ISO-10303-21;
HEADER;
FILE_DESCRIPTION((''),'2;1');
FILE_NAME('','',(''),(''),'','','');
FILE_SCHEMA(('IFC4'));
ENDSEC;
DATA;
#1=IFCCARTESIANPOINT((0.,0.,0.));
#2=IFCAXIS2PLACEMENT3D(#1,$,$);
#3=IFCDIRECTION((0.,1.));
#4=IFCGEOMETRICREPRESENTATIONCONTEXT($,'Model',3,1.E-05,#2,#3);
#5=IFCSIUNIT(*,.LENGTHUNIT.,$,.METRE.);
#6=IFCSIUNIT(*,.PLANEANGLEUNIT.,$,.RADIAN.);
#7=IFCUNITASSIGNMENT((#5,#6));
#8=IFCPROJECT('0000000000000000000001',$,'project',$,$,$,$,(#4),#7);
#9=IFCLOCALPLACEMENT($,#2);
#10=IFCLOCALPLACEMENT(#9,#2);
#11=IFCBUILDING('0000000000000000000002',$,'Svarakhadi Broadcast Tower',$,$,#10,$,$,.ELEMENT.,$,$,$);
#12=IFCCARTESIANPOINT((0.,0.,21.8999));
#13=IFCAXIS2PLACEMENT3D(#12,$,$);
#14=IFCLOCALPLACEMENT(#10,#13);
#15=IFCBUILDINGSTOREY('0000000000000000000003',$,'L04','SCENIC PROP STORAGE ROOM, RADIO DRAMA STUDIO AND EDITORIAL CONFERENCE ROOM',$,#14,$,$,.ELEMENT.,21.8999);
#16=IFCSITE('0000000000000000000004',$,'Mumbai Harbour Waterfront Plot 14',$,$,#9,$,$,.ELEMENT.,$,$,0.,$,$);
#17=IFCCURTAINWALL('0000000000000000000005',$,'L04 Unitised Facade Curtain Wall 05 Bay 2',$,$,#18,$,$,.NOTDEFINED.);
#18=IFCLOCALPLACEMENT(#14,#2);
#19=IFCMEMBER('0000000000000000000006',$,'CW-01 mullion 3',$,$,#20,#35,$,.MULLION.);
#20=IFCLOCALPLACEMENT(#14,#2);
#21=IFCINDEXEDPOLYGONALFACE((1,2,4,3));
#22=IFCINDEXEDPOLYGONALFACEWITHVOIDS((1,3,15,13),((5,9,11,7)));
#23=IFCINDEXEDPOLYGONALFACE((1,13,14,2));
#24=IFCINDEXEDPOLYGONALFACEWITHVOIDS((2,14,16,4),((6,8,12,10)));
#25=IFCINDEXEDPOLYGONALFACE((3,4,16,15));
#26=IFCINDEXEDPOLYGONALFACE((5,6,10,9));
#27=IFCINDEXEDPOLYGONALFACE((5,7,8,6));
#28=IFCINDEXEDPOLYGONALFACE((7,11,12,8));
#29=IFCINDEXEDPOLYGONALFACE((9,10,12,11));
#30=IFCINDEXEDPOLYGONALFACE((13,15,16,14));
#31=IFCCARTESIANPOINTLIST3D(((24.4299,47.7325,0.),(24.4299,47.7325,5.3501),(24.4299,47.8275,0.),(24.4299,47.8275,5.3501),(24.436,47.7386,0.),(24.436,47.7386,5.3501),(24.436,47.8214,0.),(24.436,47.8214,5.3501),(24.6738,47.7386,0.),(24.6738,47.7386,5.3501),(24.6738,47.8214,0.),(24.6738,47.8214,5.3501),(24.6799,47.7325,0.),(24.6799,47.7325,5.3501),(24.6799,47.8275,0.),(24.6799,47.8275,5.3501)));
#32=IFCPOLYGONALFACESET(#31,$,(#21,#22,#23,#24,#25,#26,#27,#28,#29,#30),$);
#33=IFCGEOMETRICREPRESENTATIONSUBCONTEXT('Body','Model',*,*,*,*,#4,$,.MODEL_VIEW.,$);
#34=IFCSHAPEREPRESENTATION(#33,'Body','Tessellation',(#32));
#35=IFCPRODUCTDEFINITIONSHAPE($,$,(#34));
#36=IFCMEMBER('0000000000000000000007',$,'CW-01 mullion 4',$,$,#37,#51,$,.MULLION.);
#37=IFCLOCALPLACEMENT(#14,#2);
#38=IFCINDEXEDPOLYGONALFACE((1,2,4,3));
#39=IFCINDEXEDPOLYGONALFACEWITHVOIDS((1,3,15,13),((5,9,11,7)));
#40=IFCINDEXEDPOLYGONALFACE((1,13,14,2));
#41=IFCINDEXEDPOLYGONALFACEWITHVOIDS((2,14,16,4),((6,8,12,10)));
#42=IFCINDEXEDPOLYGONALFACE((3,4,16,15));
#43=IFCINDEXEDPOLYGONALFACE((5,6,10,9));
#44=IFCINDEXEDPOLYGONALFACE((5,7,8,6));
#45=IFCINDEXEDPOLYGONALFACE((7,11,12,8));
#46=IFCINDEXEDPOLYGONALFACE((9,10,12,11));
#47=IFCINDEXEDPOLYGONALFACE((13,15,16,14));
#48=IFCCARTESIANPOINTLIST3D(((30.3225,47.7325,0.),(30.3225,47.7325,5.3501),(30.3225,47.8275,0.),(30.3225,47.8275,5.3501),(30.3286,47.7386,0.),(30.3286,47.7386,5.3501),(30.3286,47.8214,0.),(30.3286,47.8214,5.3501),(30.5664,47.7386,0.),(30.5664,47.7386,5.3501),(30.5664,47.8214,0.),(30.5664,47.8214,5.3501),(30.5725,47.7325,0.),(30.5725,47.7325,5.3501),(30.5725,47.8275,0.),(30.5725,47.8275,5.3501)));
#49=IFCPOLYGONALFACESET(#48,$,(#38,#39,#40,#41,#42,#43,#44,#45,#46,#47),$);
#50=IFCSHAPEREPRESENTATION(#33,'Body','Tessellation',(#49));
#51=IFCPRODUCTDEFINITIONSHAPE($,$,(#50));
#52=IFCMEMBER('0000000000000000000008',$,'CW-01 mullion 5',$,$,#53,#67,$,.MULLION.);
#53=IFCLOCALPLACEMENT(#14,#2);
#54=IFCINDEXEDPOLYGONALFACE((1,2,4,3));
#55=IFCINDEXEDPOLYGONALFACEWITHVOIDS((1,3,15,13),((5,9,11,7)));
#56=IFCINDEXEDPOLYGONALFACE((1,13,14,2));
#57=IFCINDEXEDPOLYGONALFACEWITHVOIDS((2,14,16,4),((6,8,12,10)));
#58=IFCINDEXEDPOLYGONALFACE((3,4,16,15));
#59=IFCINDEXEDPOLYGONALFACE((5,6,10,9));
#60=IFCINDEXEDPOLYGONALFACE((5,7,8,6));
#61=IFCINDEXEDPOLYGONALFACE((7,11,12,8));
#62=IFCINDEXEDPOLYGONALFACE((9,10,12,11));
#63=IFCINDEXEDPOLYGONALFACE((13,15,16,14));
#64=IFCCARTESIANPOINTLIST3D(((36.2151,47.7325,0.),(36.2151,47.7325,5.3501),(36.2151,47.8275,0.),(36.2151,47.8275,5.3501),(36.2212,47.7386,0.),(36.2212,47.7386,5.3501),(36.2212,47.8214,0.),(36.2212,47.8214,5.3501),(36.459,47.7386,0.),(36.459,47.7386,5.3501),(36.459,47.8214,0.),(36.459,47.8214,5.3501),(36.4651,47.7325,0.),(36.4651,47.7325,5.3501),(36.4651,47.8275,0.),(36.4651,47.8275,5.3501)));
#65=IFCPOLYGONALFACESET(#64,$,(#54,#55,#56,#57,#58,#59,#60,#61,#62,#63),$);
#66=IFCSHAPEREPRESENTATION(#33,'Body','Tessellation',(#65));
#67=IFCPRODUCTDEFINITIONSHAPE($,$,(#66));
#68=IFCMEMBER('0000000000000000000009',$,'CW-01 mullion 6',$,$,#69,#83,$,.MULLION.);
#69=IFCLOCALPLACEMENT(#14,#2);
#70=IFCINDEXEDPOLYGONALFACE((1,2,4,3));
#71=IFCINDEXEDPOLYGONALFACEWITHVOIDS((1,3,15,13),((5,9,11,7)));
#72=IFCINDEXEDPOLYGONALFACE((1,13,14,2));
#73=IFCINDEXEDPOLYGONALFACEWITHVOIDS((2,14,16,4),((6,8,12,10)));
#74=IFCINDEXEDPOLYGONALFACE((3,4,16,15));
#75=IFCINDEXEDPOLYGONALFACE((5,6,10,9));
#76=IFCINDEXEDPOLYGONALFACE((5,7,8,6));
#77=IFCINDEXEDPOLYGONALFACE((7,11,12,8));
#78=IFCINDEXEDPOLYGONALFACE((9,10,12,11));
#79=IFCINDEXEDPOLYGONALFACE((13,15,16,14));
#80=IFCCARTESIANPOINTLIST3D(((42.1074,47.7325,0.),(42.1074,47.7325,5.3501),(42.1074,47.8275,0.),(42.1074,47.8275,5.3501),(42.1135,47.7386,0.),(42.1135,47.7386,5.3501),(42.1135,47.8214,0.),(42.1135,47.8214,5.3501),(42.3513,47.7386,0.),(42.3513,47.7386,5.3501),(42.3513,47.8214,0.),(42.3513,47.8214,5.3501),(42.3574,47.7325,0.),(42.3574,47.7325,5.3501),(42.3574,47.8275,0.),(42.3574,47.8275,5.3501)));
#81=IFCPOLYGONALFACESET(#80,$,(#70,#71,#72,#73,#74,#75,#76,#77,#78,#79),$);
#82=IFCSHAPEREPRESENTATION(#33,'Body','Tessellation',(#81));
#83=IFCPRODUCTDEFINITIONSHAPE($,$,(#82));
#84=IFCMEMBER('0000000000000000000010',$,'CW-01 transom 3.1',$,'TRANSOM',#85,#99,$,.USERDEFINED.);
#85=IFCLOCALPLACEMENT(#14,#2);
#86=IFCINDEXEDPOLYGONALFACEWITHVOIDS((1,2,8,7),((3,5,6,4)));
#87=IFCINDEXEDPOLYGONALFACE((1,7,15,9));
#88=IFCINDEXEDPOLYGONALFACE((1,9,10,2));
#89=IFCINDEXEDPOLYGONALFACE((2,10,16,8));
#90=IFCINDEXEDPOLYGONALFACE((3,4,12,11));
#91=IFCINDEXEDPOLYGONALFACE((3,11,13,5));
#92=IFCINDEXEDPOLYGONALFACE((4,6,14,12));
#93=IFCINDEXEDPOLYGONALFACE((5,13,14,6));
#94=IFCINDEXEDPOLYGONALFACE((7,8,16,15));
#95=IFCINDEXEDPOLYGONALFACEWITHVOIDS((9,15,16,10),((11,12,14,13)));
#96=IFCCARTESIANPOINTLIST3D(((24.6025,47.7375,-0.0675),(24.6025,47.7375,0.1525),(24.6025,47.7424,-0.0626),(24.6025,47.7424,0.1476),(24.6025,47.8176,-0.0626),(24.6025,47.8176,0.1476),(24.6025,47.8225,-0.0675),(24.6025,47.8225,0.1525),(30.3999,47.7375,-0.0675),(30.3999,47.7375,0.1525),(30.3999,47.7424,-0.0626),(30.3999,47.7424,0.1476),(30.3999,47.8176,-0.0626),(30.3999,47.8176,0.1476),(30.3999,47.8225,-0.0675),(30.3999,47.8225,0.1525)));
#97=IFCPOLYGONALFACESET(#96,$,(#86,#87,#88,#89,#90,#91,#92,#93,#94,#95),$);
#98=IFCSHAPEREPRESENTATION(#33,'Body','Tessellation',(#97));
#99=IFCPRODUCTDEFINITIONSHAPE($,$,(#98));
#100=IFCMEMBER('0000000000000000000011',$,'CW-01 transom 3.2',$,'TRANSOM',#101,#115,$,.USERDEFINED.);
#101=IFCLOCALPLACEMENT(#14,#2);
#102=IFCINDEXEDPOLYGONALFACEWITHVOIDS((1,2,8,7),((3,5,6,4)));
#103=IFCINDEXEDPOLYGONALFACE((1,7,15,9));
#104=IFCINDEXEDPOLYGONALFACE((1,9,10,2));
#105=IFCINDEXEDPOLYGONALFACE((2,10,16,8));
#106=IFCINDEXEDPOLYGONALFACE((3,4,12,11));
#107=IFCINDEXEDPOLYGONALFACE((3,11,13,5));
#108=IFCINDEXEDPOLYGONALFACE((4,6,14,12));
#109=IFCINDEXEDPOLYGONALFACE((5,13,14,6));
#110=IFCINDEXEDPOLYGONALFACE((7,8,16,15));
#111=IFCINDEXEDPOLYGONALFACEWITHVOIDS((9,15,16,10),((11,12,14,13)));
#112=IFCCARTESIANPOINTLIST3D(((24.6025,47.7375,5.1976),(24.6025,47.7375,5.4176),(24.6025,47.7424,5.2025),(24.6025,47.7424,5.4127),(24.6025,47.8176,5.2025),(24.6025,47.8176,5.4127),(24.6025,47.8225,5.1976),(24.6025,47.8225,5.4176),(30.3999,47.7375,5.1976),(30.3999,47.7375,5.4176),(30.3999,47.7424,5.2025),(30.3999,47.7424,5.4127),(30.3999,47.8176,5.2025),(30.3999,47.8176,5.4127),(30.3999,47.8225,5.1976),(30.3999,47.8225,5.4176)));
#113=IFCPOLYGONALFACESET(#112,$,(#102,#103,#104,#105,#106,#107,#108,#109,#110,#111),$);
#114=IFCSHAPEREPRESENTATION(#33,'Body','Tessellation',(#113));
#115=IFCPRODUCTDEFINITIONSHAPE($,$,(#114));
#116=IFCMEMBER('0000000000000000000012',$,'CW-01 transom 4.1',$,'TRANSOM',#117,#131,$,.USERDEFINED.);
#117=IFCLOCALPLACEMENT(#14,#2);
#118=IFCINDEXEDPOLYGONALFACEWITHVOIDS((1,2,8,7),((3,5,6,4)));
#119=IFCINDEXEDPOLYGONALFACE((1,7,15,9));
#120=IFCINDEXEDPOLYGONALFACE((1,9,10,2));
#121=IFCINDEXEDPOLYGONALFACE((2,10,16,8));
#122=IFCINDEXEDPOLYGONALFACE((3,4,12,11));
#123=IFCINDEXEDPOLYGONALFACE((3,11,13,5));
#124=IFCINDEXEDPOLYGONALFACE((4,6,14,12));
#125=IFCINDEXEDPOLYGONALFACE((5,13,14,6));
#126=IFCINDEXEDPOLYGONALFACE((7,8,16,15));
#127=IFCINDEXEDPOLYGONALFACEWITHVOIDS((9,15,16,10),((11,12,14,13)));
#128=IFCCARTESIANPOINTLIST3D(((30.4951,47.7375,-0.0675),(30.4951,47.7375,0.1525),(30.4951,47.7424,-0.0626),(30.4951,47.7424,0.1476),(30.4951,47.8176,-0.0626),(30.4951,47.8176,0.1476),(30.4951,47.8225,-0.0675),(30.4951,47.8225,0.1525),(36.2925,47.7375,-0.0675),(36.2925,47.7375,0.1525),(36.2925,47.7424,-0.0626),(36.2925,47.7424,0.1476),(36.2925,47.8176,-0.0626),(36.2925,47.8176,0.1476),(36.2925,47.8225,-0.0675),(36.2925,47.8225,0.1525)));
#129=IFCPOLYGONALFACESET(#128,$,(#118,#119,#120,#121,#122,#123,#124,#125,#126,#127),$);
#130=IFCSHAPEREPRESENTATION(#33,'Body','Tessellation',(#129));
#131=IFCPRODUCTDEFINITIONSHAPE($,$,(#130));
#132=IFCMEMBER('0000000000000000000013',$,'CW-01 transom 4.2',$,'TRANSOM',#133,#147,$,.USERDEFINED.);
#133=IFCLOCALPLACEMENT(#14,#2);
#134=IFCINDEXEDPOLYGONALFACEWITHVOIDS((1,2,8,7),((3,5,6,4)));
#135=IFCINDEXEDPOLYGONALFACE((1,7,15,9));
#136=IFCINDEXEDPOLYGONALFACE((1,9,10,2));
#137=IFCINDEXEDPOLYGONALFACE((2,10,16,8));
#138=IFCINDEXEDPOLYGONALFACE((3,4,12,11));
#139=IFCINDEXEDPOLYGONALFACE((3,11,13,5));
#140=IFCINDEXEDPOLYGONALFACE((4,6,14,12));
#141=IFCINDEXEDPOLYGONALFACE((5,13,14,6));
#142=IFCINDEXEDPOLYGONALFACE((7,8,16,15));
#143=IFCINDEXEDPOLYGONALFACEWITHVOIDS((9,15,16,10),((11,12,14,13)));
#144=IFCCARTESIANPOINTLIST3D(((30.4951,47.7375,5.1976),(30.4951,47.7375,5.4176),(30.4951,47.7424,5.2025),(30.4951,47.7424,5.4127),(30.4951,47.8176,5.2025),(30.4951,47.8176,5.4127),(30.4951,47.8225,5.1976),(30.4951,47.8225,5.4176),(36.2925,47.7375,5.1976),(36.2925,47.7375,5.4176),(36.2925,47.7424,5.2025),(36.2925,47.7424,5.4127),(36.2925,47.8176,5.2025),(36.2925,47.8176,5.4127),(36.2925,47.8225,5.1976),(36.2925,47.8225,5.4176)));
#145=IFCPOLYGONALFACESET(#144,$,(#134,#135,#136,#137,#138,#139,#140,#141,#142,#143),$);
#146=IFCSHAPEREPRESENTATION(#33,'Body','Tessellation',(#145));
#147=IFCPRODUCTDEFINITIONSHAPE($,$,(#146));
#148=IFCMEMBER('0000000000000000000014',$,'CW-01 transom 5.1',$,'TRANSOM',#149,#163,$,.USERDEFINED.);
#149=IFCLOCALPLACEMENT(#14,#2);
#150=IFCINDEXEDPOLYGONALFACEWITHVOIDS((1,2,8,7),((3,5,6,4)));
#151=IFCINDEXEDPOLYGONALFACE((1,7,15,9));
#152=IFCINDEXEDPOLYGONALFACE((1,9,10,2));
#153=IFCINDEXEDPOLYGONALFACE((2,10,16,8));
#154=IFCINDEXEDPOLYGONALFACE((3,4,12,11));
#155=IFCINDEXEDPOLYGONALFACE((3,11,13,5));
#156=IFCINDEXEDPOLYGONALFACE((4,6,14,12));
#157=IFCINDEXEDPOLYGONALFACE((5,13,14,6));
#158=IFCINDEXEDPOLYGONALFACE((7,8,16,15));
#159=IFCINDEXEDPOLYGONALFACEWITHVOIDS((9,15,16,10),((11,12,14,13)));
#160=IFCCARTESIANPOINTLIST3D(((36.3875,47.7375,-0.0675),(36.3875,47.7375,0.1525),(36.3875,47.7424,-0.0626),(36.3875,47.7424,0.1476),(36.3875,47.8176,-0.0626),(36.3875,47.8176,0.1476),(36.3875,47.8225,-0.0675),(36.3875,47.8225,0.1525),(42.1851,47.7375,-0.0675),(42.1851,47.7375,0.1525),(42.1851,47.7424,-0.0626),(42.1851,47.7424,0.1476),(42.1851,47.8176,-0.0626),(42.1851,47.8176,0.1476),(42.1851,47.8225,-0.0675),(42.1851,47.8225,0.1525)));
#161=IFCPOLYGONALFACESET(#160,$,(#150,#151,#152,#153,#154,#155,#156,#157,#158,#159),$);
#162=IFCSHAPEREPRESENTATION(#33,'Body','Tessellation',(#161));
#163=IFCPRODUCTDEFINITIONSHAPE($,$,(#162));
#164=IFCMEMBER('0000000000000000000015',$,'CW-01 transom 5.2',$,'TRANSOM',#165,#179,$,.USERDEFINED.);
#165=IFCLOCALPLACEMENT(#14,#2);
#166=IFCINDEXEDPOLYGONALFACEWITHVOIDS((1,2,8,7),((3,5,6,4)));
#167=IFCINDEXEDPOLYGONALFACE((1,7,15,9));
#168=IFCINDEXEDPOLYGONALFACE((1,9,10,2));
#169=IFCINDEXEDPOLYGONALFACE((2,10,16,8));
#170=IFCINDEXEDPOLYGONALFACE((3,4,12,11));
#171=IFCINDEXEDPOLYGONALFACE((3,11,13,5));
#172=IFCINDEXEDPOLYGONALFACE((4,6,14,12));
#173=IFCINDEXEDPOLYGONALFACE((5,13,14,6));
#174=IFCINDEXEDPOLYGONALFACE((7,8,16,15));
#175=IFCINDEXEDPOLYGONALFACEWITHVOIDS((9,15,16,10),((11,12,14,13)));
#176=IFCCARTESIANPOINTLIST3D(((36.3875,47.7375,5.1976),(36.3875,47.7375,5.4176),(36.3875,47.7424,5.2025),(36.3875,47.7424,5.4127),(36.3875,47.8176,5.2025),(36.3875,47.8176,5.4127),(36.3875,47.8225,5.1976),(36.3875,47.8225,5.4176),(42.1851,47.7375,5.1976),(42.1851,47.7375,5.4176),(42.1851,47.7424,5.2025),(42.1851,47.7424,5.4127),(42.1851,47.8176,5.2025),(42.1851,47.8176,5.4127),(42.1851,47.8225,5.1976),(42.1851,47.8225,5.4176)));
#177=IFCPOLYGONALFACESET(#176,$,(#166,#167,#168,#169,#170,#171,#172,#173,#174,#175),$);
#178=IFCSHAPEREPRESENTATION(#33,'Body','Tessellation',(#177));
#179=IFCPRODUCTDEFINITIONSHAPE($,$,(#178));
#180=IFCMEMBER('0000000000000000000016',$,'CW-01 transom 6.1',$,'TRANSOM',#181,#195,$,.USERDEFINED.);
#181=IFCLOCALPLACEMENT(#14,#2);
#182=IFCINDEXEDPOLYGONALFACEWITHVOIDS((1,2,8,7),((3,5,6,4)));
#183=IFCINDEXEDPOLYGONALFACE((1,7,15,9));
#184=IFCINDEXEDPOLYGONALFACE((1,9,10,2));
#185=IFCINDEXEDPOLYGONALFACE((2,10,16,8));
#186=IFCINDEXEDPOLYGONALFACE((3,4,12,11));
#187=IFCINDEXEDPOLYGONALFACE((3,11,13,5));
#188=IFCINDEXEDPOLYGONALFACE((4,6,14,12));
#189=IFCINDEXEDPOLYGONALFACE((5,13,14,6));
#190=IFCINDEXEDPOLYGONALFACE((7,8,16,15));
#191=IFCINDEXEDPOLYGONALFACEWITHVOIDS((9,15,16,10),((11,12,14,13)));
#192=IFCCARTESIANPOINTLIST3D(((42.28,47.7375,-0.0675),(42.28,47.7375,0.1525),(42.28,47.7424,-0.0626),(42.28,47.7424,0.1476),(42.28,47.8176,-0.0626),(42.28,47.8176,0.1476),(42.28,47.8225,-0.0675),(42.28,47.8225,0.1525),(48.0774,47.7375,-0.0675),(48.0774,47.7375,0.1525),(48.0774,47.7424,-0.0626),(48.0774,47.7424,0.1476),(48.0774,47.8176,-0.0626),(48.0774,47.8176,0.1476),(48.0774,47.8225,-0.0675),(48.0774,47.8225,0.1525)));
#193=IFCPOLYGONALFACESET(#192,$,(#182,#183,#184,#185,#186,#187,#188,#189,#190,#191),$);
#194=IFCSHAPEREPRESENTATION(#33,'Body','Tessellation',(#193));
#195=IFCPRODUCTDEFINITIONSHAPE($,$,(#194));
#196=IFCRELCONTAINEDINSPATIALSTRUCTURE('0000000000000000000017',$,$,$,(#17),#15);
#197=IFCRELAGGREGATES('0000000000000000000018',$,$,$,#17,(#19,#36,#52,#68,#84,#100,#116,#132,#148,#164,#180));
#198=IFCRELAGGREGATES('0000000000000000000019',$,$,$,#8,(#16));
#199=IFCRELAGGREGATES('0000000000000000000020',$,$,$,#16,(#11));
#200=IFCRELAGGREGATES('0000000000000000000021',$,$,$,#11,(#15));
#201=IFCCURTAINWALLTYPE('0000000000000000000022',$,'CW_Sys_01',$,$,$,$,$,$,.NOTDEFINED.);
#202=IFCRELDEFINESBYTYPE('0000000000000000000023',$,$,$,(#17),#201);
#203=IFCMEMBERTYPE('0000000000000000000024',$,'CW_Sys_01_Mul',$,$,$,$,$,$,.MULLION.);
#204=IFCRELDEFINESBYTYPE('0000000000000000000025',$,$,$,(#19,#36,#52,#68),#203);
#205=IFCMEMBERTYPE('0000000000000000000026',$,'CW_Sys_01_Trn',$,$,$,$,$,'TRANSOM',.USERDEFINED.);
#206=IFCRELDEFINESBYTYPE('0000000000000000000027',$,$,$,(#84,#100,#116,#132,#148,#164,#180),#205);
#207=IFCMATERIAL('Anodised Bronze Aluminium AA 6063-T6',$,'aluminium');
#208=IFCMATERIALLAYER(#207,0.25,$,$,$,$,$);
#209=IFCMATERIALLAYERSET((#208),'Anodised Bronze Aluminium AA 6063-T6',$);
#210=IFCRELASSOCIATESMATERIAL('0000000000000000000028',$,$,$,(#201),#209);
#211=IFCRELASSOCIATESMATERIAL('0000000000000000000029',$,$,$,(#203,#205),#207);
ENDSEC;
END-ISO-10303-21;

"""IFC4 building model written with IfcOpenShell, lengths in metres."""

from ifc_helpers import new_model, si_unit, direction, frame, origin, origin_2d, place, context, subcontext, project, spatial, hollow_rectangle, extrude, material, layer, layer_set, material_profile, profile_set, type_object, element, aggregate, save


model = new_model("IFC4")

# Units and contexts
model_context = context("Model", 3, precision=1e-05, world=origin(), true_north=direction((0.0, 1.0)))
body_context = subcontext(model_context, "Body", "Model", "MODEL_VIEW")
ifc_project = project(units=[si_unit("LENGTHUNIT", "METRE"), si_unit("PLANEANGLEUNIT", "RADIAN")], contexts=[model_context])

# Site, building, storey
site_placement = place(None, origin())
site = spatial("IfcSite", under=ifc_project, at=site_placement, Name="Mumbai Harbour Waterfront Plot 14", CompositionType="ELEMENT", RefElevation=0.0)
building_placement = place(site_placement, origin())
building = spatial("IfcBuilding", under=site, at=building_placement, Name="Svarakhadi Broadcast Tower", CompositionType="ELEMENT")
storey_placement = place(building_placement, frame((0.0, 0.0, 21.8999)))
storey = spatial("IfcBuildingStorey", under=building, at=storey_placement, Name="L04", Description="SCENIC PROP STORAGE ROOM, RADIO DRAMA STUDIO AND EDITORIAL CONFERENCE ROOM", CompositionType="ELEMENT", Elevation=21.8999)

# Curtain wall, members
ifc_material_1 = material(Name="Anodised Bronze Aluminium AA 6063-T6", Category="aluminium")
ifc_layer_1 = layer(ifc_material_1, 0.25)
ifc_layer_set_1 = layer_set([ifc_layer_1], Name="Anodised Bronze Aluminium AA 6063-T6")
curtain_wall_type = type_object("IfcCurtainWallType", Name="CW_Sys_01", PredefinedType="NOTDEFINED", material=ifc_layer_set_1)
curtain_wall_placement = place(storey_placement, origin())
curtain_wall = element("IfcCurtainWall", 1, at=curtain_wall_placement, inside=storey, type_object=curtain_wall_type, Name="L04 Unitised Facade Curtain Wall 05 Bay 2", PredefinedType="NOTDEFINED")
ifc_material_profile_1 = material_profile(ifc_material_1, hollow_rectangle(XDim=0.095, YDim=0.25, WallThickness=0.0061, at=origin_2d()), Name="ALU MULLION 250x95x6")
ifc_profile_set_1 = profile_set([ifc_material_profile_1], Name="Anodised Bronze Aluminium AA 6063-T6")
member_type_1 = type_object("IfcMemberType", Name="CW_Sys_01_Mul", PredefinedType="MULLION", material=ifc_profile_set_1)
member_1_placement = place(storey_placement, frame((24.5549, 47.78, 0.0), z_axis=(0.0, 0.0, 1.0), x_axis=(0.0, 1.0, 0.0)))
member_1 = element("IfcMember", 2, at=member_1_placement, type_object=member_type_1, Name="CW-01 mullion 3", PredefinedType="MULLION", context=body_context, shape_type="SweptSolid", body=[
    extrude(hollow_rectangle(XDim=0.095, YDim=0.25, WallThickness=0.0061, at=origin_2d()), origin(), (0.0, 0.0, 1.0), 5.3501),
])
member_2_placement = place(storey_placement, frame((30.4475, 47.78, 0.0), z_axis=(0.0, 0.0, 1.0), x_axis=(0.0, 1.0, 0.0)))
member_2 = element("IfcMember", 3, at=member_2_placement, type_object=member_type_1, Name="CW-01 mullion 4", PredefinedType="MULLION", context=body_context, shape_type="SweptSolid", body=[
    extrude(hollow_rectangle(XDim=0.095, YDim=0.25, WallThickness=0.0061, at=origin_2d()), origin(), (0.0, 0.0, 1.0), 5.3501),
])
member_3_placement = place(storey_placement, frame((36.3401, 47.78, 0.0), z_axis=(0.0, 0.0, 1.0), x_axis=(0.0, 1.0, 0.0)))
member_3 = element("IfcMember", 4, at=member_3_placement, type_object=member_type_1, Name="CW-01 mullion 5", PredefinedType="MULLION", context=body_context, shape_type="SweptSolid", body=[
    extrude(hollow_rectangle(XDim=0.095, YDim=0.25, WallThickness=0.0061, at=origin_2d()), origin(), (0.0, 0.0, 1.0), 5.3501),
])
member_4_placement = place(storey_placement, frame((42.2324, 47.78, 0.0), z_axis=(0.0, 0.0, 1.0), x_axis=(0.0, 1.0, 0.0)))
member_4 = element("IfcMember", 5, at=member_4_placement, type_object=member_type_1, Name="CW-01 mullion 6", PredefinedType="MULLION", context=body_context, shape_type="SweptSolid", body=[
    extrude(hollow_rectangle(XDim=0.095, YDim=0.25, WallThickness=0.0061, at=origin_2d()), origin(), (0.0, 0.0, 1.0), 5.3501),
])
ifc_material_profile_2 = material_profile(ifc_material_1, hollow_rectangle(XDim=0.085, YDim=0.22, WallThickness=0.0049, at=origin_2d()), Name="ALU TRANSOM 220x85x5")
ifc_profile_set_2 = profile_set([ifc_material_profile_2], Name="Anodised Bronze Aluminium AA 6063-T6")
member_type_2 = type_object("IfcMemberType", Name="CW_Sys_01_Trn", ElementType="TRANSOM", PredefinedType="USERDEFINED", material=ifc_profile_set_2)
member_5_placement = place(storey_placement, frame((24.6025, 47.78, 0.0425), z_axis=(1.0, 0.0, 0.0), x_axis=(0.0, 1.0, 0.0)))
member_5 = element("IfcMember", 6, at=member_5_placement, type_object=member_type_2, Name="CW-01 transom 3.1", ObjectType="TRANSOM", PredefinedType="USERDEFINED", context=body_context, shape_type="SweptSolid", body=[
    extrude(hollow_rectangle(XDim=0.085, YDim=0.22, WallThickness=0.0049, at=origin_2d()), origin(), (0.0, 0.0, 1.0), 5.7974),
])
member_6_placement = place(storey_placement, frame((24.6025, 47.78, 5.3076), z_axis=(1.0, 0.0, 0.0), x_axis=(0.0, 1.0, 0.0)))
member_6 = element("IfcMember", 7, at=member_6_placement, type_object=member_type_2, Name="CW-01 transom 3.2", ObjectType="TRANSOM", PredefinedType="USERDEFINED", context=body_context, shape_type="SweptSolid", body=[
    extrude(hollow_rectangle(XDim=0.085, YDim=0.22, WallThickness=0.0049, at=origin_2d()), origin(), (0.0, 0.0, 1.0), 5.7974),
])
member_7_placement = place(storey_placement, frame((30.4951, 47.78, 0.0425), z_axis=(1.0, 0.0, 0.0), x_axis=(0.0, 1.0, 0.0)))
member_7 = element("IfcMember", 8, at=member_7_placement, type_object=member_type_2, Name="CW-01 transom 4.1", ObjectType="TRANSOM", PredefinedType="USERDEFINED", context=body_context, shape_type="SweptSolid", body=[
    extrude(hollow_rectangle(XDim=0.085, YDim=0.22, WallThickness=0.0049, at=origin_2d()), origin(), (0.0, 0.0, 1.0), 5.7974),
])
member_8_placement = place(storey_placement, frame((30.4951, 47.78, 5.3076), z_axis=(1.0, 0.0, 0.0), x_axis=(0.0, 1.0, 0.0)))
member_8 = element("IfcMember", 9, at=member_8_placement, type_object=member_type_2, Name="CW-01 transom 4.2", ObjectType="TRANSOM", PredefinedType="USERDEFINED", context=body_context, shape_type="SweptSolid", body=[
    extrude(hollow_rectangle(XDim=0.085, YDim=0.22, WallThickness=0.0049, at=origin_2d()), origin(), (0.0, 0.0, 1.0), 5.7974),
])
member_9_placement = place(storey_placement, frame((36.3875, 47.78, 0.0425), z_axis=(1.0, 0.0, 0.0), x_axis=(0.0, 1.0, 0.0)))
member_9 = element("IfcMember", 10, at=member_9_placement, type_object=member_type_2, Name="CW-01 transom 5.1", ObjectType="TRANSOM", PredefinedType="USERDEFINED", context=body_context, shape_type="SweptSolid", body=[
    extrude(hollow_rectangle(XDim=0.085, YDim=0.22, WallThickness=0.0049, at=origin_2d()), origin(), (0.0, 0.0, 1.0), 5.7976),
])
member_10_placement = place(storey_placement, frame((36.3875, 47.78, 5.3076), z_axis=(1.0, 0.0, 0.0), x_axis=(0.0, 1.0, 0.0)))
member_10 = element("IfcMember", 11, at=member_10_placement, type_object=member_type_2, Name="CW-01 transom 5.2", ObjectType="TRANSOM", PredefinedType="USERDEFINED", context=body_context, shape_type="SweptSolid", body=[
    extrude(hollow_rectangle(XDim=0.085, YDim=0.22, WallThickness=0.0049, at=origin_2d()), origin(), (0.0, 0.0, 1.0), 5.7976),
])
member_11_placement = place(storey_placement, frame((42.28, 47.78, 0.0425), z_axis=(1.0, 0.0, 0.0), x_axis=(0.0, 1.0, 0.0)))
member_11 = element("IfcMember", 12, at=member_11_placement, type_object=member_type_2, Name="CW-01 transom 6.1", ObjectType="TRANSOM", PredefinedType="USERDEFINED", context=body_context, shape_type="SweptSolid", body=[
    extrude(hollow_rectangle(XDim=0.085, YDim=0.22, WallThickness=0.0049, at=origin_2d()), origin(), (0.0, 0.0, 1.0), 5.7974),
])

aggregate(curtain_wall, [member_1, member_2, member_3, member_4, member_5, member_6, member_7, member_8, member_9, member_10, member_11])

save(model, "model.ifc")
